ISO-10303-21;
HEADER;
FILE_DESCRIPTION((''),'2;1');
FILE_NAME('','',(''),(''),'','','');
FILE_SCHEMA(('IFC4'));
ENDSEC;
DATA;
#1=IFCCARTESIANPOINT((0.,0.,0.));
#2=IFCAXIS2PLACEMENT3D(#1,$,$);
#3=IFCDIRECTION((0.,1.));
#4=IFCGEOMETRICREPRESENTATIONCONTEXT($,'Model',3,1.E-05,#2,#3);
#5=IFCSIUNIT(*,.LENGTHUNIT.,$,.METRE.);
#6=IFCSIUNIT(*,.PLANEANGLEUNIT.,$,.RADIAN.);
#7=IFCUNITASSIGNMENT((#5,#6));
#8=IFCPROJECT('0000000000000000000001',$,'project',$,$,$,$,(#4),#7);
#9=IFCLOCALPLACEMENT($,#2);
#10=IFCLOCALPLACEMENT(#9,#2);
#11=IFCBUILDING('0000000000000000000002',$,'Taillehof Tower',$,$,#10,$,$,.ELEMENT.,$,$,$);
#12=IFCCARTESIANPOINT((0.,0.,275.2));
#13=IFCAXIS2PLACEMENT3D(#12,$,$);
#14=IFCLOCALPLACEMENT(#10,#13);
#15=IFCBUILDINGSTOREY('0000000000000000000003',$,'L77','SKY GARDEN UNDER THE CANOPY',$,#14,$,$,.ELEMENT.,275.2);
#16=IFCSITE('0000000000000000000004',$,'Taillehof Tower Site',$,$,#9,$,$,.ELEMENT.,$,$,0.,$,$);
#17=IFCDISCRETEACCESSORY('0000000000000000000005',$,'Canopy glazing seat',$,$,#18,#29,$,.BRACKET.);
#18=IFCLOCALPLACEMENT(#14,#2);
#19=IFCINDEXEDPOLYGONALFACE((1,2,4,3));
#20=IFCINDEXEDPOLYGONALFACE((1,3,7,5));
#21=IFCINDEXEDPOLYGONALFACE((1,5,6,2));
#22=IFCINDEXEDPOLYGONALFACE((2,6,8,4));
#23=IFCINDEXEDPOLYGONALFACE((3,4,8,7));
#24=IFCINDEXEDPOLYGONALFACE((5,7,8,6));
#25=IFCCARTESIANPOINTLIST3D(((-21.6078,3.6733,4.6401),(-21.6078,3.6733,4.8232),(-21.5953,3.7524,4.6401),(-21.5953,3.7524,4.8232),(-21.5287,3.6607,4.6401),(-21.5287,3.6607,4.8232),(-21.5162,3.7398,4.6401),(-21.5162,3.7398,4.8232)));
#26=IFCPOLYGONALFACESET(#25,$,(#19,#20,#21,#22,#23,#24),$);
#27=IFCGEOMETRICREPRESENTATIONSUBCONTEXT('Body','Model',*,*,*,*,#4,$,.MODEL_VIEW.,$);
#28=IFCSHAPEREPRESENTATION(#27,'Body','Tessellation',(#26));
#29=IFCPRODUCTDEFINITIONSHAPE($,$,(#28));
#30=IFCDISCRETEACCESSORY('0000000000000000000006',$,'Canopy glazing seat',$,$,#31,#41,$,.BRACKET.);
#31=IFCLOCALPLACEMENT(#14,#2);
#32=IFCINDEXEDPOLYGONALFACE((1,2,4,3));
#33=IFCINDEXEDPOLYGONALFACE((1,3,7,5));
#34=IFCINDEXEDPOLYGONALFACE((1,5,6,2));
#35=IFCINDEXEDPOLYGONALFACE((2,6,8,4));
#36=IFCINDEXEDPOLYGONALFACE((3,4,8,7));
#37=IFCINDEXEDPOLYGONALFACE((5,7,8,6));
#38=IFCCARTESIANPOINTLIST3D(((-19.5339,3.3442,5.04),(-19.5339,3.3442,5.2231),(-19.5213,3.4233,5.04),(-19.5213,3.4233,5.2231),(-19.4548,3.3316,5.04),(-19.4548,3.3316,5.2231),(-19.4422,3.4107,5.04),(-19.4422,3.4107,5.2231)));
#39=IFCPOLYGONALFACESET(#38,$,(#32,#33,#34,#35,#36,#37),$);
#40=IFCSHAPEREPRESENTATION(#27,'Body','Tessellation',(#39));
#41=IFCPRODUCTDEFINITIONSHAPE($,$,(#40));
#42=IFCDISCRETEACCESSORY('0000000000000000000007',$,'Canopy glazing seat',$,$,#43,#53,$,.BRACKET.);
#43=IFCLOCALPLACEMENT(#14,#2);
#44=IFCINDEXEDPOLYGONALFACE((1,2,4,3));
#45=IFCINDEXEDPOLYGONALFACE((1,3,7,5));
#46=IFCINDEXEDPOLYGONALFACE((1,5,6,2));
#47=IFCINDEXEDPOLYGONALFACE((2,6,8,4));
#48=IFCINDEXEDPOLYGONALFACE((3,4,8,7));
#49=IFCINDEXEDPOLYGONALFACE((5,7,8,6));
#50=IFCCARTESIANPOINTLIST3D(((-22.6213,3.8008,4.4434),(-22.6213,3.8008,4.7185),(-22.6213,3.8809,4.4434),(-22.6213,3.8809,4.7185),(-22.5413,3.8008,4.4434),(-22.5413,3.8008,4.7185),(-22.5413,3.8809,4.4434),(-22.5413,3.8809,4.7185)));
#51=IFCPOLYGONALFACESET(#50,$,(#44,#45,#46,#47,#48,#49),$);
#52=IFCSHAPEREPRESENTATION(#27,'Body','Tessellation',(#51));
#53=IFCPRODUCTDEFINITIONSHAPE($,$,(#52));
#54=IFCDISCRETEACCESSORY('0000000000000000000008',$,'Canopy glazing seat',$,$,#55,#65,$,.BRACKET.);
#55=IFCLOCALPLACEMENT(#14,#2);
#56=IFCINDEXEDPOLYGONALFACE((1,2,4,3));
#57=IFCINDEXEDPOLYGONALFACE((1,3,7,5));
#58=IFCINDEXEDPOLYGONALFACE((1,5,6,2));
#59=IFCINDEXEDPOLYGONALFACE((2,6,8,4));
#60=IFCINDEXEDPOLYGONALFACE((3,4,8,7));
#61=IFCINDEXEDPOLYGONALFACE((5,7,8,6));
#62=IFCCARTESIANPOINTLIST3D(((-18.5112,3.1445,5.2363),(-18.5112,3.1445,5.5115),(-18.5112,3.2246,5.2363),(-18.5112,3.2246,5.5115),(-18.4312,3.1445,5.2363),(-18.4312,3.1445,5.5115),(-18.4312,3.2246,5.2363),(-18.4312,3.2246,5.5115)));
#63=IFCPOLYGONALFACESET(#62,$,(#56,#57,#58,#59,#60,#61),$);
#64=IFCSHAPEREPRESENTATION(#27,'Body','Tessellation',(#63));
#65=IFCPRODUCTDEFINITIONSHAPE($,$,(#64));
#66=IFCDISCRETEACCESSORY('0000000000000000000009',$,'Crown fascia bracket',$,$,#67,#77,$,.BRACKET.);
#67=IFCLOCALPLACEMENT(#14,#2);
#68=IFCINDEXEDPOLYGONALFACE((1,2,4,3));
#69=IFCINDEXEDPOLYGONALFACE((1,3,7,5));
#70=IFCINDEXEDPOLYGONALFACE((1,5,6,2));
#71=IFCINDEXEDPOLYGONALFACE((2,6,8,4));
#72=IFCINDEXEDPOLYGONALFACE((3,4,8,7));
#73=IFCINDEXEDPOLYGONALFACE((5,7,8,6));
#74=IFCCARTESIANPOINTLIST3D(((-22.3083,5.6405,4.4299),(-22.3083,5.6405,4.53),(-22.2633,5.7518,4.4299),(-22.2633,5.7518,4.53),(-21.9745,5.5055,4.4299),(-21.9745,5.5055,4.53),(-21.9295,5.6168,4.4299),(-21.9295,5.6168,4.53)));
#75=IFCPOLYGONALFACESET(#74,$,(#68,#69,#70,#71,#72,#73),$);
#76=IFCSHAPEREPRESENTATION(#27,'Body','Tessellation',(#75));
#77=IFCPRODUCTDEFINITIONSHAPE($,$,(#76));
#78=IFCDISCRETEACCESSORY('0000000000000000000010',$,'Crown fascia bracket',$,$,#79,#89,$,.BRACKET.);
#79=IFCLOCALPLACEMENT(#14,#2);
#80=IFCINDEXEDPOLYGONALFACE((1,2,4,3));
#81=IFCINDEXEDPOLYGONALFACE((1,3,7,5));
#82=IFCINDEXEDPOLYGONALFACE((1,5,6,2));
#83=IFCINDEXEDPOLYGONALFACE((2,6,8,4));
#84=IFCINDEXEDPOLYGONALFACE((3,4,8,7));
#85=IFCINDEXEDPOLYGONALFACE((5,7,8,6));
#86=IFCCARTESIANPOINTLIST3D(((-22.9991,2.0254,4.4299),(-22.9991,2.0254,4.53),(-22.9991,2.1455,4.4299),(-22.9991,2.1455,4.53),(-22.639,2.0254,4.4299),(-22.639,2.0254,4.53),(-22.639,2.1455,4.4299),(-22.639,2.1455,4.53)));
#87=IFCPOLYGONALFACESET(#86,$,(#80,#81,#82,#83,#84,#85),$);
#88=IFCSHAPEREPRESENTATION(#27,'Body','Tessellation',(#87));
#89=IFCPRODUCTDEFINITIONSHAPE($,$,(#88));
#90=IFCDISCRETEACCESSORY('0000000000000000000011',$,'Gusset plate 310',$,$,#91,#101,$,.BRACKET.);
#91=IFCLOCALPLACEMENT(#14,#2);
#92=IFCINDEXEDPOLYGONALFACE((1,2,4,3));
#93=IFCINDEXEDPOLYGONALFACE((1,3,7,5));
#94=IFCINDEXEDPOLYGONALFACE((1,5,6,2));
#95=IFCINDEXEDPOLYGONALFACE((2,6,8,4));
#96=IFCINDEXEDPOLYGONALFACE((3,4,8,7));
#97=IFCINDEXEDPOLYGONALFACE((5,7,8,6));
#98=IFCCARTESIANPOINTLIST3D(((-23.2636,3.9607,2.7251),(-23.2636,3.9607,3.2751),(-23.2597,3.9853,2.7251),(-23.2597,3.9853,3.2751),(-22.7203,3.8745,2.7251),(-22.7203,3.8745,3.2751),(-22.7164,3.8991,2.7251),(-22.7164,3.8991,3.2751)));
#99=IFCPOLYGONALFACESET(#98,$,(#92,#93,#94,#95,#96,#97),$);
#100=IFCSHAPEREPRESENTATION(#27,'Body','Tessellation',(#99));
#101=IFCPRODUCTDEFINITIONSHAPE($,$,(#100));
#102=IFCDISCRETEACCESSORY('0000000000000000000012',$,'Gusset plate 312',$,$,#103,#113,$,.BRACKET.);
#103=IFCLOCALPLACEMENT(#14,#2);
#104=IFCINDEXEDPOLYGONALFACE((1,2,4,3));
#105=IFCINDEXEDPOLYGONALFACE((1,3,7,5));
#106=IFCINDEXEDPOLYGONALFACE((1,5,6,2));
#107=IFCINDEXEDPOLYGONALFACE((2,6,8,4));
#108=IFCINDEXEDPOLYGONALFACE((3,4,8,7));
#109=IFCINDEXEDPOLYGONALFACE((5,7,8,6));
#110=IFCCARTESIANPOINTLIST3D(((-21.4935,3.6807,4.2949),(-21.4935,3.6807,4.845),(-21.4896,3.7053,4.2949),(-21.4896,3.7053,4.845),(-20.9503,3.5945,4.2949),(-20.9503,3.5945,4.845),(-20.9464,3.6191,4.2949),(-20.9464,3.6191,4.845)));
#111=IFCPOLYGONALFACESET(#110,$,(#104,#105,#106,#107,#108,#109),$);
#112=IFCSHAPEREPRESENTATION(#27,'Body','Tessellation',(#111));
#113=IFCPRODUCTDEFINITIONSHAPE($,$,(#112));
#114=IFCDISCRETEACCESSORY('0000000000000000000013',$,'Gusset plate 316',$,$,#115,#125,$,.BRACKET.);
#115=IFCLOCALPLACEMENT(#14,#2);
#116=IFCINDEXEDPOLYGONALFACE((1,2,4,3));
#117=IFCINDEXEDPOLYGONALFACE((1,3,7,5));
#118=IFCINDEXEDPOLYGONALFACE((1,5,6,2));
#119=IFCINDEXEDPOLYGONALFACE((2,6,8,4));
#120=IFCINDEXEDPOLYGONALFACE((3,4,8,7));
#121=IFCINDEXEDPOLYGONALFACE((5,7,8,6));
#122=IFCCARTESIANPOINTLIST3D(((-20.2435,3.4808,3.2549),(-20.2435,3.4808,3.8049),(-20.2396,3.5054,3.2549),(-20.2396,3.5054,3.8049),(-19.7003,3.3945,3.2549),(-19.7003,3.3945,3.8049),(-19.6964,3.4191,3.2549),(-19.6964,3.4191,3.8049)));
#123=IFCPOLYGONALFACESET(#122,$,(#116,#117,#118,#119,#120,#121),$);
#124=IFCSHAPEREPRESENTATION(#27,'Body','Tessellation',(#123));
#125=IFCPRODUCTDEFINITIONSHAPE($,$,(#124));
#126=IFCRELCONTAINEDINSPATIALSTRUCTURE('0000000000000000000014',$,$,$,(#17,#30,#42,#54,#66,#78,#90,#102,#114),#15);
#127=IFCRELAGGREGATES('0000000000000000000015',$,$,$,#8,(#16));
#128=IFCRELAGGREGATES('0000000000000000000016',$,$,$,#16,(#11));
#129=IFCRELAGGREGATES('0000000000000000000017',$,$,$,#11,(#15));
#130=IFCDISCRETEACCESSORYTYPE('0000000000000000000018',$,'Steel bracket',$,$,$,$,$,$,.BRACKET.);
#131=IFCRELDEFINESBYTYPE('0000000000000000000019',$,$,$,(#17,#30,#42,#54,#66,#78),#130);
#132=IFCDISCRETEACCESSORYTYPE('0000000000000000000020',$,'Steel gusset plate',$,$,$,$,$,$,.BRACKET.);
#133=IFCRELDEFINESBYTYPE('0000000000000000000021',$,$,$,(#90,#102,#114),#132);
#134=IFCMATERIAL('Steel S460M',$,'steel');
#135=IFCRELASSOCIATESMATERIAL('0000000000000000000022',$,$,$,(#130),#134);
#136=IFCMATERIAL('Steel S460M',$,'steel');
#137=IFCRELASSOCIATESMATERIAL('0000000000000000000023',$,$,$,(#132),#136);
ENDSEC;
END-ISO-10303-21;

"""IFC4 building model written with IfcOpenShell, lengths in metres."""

from ifc_helpers import new_model, si_unit, direction, frame, origin, origin_2d, place, context, subcontext, project, spatial, rectangle, extrude, material, type_object, element, save


model = new_model("IFC4")

# Units and contexts
model_context = context("Model", 3, precision=1e-05, world=origin(), true_north=direction((0.0, 1.0)))
body_context = subcontext(model_context, "Body", "Model", "MODEL_VIEW")
ifc_project = project(units=[si_unit("LENGTHUNIT", "METRE"), si_unit("PLANEANGLEUNIT", "RADIAN")], contexts=[model_context])

# Site, building, storey
site_placement = place(None, origin())
site = spatial("IfcSite", under=ifc_project, at=site_placement, Name="Taillehof Tower Site", CompositionType="ELEMENT", RefElevation=0.0)
building_placement = place(site_placement, origin())
building = spatial("IfcBuilding", under=site, at=building_placement, Name="Taillehof Tower", CompositionType="ELEMENT")
storey_placement = place(building_placement, frame((0.0, 0.0, 275.2)))
storey = spatial("IfcBuildingStorey", under=building, at=storey_placement, Name="L77", Description="SKY GARDEN UNDER THE CANOPY", CompositionType="ELEMENT", Elevation=275.2)

# Discrete accessories
ifc_material_1 = material(Name="Steel S460M", Category="steel")
discrete_accessory_type_1 = type_object("IfcDiscreteAccessoryType", Name="Steel bracket", PredefinedType="BRACKET", material=ifc_material_1)
for number, where, z_axis, x_axis, name in (
    (1, (-21.562, 3.7065, 4.6401), (0.0, 0.0, 1.0), (0.987651, -0.156672, 0.0), "Canopy glazing seat"),
    (2, (-19.488, 3.3774, 5.04), (0.0, 0.0, 1.0), (0.987651, -0.156672, 0.0), "Canopy glazing seat"),
):
    element("IfcDiscreteAccessory", number, at=place(storey_placement, frame(where, z_axis=z_axis, x_axis=x_axis)), inside=storey, type_object=discrete_accessory_type_1, Name=name, PredefinedType="BRACKET", context=body_context, shape_type="SweptSolid", body=[
        extrude(rectangle(XDim=0.0801, YDim=0.0801, at=origin_2d()), origin(), (0.0, 0.0, 1.0), 0.1831),
    ])
for number, where, z_axis, x_axis, name in (
    (3, (-22.5813, 3.8408, 4.4434), (0.0, 0.0, 1.0), (1.0, 0.0, 0.0), "Canopy glazing seat"),
    (4, (-18.4712, 3.1846, 5.2363), (0.0, 0.0, 1.0), (1.0, 0.0, 0.0), "Canopy glazing seat"),
):
    element("IfcDiscreteAccessory", number, at=place(storey_placement, frame(where, z_axis=z_axis, x_axis=x_axis)), inside=storey, type_object=discrete_accessory_type_1, Name=name, PredefinedType="BRACKET", context=body_context, shape_type="SweptSolid", body=[
        extrude(rectangle(XDim=0.0801, YDim=0.0801, at=origin_2d()), origin(), (0.0, 0.0, 1.0), 0.2751),
    ])
for number, where, z_axis, x_axis, name in (
    (5, (-22.1189, 5.6287, 4.4299), (0.0, 0.0, 1.0), (-0.927086, 0.374849, 0.0), "Crown fascia bracket"),
    (6, (-22.8191, 2.0854, 4.4299), (0.0, 0.0, 1.0), (-1.0, 0.0, 0.0), "Crown fascia bracket"),
):
    element("IfcDiscreteAccessory", number, at=place(storey_placement, frame(where, z_axis=z_axis, x_axis=x_axis)), inside=storey, type_object=discrete_accessory_type_1, Name=name, PredefinedType="BRACKET", context=body_context, shape_type="SweptSolid", body=[
        extrude(rectangle(XDim=0.3601, YDim=0.1201, at=origin_2d()), origin(), (0.0, 0.0, 1.0), 0.1001),
    ])
ifc_material_2 = material(Name="Steel S460M", Category="steel")
discrete_accessory_type_2 = type_object("IfcDiscreteAccessoryType", Name="Steel gusset plate", PredefinedType="BRACKET", material=ifc_material_2)
for number, where, z_axis, x_axis, name in (
    (7, (-22.99, 3.9299, 2.7251), (0.0, 0.0, 1.0), (0.987636, -0.156765, 0.0), "Gusset plate 310"),
    (8, (-21.22, 3.6499, 4.2949), (0.0, 0.0, 1.0), (0.987636, -0.156765, 0.0), "Gusset plate 312"),
    (9, (-19.97, 3.45, 3.2549), (0.0, 0.0, 1.0), (0.987634, -0.156774, 0.0), "Gusset plate 316"),
):
    element("IfcDiscreteAccessory", number, at=place(storey_placement, frame(where, z_axis=z_axis, x_axis=x_axis)), inside=storey, type_object=discrete_accessory_type_2, Name=name, PredefinedType="BRACKET", context=body_context, shape_type="SweptSolid", body=[
        extrude(rectangle(XDim=0.55, YDim=0.0249, at=origin_2d()), origin(), (0.0, 0.0, 1.0), 0.55),
    ])

save(model, "model.ifc")
